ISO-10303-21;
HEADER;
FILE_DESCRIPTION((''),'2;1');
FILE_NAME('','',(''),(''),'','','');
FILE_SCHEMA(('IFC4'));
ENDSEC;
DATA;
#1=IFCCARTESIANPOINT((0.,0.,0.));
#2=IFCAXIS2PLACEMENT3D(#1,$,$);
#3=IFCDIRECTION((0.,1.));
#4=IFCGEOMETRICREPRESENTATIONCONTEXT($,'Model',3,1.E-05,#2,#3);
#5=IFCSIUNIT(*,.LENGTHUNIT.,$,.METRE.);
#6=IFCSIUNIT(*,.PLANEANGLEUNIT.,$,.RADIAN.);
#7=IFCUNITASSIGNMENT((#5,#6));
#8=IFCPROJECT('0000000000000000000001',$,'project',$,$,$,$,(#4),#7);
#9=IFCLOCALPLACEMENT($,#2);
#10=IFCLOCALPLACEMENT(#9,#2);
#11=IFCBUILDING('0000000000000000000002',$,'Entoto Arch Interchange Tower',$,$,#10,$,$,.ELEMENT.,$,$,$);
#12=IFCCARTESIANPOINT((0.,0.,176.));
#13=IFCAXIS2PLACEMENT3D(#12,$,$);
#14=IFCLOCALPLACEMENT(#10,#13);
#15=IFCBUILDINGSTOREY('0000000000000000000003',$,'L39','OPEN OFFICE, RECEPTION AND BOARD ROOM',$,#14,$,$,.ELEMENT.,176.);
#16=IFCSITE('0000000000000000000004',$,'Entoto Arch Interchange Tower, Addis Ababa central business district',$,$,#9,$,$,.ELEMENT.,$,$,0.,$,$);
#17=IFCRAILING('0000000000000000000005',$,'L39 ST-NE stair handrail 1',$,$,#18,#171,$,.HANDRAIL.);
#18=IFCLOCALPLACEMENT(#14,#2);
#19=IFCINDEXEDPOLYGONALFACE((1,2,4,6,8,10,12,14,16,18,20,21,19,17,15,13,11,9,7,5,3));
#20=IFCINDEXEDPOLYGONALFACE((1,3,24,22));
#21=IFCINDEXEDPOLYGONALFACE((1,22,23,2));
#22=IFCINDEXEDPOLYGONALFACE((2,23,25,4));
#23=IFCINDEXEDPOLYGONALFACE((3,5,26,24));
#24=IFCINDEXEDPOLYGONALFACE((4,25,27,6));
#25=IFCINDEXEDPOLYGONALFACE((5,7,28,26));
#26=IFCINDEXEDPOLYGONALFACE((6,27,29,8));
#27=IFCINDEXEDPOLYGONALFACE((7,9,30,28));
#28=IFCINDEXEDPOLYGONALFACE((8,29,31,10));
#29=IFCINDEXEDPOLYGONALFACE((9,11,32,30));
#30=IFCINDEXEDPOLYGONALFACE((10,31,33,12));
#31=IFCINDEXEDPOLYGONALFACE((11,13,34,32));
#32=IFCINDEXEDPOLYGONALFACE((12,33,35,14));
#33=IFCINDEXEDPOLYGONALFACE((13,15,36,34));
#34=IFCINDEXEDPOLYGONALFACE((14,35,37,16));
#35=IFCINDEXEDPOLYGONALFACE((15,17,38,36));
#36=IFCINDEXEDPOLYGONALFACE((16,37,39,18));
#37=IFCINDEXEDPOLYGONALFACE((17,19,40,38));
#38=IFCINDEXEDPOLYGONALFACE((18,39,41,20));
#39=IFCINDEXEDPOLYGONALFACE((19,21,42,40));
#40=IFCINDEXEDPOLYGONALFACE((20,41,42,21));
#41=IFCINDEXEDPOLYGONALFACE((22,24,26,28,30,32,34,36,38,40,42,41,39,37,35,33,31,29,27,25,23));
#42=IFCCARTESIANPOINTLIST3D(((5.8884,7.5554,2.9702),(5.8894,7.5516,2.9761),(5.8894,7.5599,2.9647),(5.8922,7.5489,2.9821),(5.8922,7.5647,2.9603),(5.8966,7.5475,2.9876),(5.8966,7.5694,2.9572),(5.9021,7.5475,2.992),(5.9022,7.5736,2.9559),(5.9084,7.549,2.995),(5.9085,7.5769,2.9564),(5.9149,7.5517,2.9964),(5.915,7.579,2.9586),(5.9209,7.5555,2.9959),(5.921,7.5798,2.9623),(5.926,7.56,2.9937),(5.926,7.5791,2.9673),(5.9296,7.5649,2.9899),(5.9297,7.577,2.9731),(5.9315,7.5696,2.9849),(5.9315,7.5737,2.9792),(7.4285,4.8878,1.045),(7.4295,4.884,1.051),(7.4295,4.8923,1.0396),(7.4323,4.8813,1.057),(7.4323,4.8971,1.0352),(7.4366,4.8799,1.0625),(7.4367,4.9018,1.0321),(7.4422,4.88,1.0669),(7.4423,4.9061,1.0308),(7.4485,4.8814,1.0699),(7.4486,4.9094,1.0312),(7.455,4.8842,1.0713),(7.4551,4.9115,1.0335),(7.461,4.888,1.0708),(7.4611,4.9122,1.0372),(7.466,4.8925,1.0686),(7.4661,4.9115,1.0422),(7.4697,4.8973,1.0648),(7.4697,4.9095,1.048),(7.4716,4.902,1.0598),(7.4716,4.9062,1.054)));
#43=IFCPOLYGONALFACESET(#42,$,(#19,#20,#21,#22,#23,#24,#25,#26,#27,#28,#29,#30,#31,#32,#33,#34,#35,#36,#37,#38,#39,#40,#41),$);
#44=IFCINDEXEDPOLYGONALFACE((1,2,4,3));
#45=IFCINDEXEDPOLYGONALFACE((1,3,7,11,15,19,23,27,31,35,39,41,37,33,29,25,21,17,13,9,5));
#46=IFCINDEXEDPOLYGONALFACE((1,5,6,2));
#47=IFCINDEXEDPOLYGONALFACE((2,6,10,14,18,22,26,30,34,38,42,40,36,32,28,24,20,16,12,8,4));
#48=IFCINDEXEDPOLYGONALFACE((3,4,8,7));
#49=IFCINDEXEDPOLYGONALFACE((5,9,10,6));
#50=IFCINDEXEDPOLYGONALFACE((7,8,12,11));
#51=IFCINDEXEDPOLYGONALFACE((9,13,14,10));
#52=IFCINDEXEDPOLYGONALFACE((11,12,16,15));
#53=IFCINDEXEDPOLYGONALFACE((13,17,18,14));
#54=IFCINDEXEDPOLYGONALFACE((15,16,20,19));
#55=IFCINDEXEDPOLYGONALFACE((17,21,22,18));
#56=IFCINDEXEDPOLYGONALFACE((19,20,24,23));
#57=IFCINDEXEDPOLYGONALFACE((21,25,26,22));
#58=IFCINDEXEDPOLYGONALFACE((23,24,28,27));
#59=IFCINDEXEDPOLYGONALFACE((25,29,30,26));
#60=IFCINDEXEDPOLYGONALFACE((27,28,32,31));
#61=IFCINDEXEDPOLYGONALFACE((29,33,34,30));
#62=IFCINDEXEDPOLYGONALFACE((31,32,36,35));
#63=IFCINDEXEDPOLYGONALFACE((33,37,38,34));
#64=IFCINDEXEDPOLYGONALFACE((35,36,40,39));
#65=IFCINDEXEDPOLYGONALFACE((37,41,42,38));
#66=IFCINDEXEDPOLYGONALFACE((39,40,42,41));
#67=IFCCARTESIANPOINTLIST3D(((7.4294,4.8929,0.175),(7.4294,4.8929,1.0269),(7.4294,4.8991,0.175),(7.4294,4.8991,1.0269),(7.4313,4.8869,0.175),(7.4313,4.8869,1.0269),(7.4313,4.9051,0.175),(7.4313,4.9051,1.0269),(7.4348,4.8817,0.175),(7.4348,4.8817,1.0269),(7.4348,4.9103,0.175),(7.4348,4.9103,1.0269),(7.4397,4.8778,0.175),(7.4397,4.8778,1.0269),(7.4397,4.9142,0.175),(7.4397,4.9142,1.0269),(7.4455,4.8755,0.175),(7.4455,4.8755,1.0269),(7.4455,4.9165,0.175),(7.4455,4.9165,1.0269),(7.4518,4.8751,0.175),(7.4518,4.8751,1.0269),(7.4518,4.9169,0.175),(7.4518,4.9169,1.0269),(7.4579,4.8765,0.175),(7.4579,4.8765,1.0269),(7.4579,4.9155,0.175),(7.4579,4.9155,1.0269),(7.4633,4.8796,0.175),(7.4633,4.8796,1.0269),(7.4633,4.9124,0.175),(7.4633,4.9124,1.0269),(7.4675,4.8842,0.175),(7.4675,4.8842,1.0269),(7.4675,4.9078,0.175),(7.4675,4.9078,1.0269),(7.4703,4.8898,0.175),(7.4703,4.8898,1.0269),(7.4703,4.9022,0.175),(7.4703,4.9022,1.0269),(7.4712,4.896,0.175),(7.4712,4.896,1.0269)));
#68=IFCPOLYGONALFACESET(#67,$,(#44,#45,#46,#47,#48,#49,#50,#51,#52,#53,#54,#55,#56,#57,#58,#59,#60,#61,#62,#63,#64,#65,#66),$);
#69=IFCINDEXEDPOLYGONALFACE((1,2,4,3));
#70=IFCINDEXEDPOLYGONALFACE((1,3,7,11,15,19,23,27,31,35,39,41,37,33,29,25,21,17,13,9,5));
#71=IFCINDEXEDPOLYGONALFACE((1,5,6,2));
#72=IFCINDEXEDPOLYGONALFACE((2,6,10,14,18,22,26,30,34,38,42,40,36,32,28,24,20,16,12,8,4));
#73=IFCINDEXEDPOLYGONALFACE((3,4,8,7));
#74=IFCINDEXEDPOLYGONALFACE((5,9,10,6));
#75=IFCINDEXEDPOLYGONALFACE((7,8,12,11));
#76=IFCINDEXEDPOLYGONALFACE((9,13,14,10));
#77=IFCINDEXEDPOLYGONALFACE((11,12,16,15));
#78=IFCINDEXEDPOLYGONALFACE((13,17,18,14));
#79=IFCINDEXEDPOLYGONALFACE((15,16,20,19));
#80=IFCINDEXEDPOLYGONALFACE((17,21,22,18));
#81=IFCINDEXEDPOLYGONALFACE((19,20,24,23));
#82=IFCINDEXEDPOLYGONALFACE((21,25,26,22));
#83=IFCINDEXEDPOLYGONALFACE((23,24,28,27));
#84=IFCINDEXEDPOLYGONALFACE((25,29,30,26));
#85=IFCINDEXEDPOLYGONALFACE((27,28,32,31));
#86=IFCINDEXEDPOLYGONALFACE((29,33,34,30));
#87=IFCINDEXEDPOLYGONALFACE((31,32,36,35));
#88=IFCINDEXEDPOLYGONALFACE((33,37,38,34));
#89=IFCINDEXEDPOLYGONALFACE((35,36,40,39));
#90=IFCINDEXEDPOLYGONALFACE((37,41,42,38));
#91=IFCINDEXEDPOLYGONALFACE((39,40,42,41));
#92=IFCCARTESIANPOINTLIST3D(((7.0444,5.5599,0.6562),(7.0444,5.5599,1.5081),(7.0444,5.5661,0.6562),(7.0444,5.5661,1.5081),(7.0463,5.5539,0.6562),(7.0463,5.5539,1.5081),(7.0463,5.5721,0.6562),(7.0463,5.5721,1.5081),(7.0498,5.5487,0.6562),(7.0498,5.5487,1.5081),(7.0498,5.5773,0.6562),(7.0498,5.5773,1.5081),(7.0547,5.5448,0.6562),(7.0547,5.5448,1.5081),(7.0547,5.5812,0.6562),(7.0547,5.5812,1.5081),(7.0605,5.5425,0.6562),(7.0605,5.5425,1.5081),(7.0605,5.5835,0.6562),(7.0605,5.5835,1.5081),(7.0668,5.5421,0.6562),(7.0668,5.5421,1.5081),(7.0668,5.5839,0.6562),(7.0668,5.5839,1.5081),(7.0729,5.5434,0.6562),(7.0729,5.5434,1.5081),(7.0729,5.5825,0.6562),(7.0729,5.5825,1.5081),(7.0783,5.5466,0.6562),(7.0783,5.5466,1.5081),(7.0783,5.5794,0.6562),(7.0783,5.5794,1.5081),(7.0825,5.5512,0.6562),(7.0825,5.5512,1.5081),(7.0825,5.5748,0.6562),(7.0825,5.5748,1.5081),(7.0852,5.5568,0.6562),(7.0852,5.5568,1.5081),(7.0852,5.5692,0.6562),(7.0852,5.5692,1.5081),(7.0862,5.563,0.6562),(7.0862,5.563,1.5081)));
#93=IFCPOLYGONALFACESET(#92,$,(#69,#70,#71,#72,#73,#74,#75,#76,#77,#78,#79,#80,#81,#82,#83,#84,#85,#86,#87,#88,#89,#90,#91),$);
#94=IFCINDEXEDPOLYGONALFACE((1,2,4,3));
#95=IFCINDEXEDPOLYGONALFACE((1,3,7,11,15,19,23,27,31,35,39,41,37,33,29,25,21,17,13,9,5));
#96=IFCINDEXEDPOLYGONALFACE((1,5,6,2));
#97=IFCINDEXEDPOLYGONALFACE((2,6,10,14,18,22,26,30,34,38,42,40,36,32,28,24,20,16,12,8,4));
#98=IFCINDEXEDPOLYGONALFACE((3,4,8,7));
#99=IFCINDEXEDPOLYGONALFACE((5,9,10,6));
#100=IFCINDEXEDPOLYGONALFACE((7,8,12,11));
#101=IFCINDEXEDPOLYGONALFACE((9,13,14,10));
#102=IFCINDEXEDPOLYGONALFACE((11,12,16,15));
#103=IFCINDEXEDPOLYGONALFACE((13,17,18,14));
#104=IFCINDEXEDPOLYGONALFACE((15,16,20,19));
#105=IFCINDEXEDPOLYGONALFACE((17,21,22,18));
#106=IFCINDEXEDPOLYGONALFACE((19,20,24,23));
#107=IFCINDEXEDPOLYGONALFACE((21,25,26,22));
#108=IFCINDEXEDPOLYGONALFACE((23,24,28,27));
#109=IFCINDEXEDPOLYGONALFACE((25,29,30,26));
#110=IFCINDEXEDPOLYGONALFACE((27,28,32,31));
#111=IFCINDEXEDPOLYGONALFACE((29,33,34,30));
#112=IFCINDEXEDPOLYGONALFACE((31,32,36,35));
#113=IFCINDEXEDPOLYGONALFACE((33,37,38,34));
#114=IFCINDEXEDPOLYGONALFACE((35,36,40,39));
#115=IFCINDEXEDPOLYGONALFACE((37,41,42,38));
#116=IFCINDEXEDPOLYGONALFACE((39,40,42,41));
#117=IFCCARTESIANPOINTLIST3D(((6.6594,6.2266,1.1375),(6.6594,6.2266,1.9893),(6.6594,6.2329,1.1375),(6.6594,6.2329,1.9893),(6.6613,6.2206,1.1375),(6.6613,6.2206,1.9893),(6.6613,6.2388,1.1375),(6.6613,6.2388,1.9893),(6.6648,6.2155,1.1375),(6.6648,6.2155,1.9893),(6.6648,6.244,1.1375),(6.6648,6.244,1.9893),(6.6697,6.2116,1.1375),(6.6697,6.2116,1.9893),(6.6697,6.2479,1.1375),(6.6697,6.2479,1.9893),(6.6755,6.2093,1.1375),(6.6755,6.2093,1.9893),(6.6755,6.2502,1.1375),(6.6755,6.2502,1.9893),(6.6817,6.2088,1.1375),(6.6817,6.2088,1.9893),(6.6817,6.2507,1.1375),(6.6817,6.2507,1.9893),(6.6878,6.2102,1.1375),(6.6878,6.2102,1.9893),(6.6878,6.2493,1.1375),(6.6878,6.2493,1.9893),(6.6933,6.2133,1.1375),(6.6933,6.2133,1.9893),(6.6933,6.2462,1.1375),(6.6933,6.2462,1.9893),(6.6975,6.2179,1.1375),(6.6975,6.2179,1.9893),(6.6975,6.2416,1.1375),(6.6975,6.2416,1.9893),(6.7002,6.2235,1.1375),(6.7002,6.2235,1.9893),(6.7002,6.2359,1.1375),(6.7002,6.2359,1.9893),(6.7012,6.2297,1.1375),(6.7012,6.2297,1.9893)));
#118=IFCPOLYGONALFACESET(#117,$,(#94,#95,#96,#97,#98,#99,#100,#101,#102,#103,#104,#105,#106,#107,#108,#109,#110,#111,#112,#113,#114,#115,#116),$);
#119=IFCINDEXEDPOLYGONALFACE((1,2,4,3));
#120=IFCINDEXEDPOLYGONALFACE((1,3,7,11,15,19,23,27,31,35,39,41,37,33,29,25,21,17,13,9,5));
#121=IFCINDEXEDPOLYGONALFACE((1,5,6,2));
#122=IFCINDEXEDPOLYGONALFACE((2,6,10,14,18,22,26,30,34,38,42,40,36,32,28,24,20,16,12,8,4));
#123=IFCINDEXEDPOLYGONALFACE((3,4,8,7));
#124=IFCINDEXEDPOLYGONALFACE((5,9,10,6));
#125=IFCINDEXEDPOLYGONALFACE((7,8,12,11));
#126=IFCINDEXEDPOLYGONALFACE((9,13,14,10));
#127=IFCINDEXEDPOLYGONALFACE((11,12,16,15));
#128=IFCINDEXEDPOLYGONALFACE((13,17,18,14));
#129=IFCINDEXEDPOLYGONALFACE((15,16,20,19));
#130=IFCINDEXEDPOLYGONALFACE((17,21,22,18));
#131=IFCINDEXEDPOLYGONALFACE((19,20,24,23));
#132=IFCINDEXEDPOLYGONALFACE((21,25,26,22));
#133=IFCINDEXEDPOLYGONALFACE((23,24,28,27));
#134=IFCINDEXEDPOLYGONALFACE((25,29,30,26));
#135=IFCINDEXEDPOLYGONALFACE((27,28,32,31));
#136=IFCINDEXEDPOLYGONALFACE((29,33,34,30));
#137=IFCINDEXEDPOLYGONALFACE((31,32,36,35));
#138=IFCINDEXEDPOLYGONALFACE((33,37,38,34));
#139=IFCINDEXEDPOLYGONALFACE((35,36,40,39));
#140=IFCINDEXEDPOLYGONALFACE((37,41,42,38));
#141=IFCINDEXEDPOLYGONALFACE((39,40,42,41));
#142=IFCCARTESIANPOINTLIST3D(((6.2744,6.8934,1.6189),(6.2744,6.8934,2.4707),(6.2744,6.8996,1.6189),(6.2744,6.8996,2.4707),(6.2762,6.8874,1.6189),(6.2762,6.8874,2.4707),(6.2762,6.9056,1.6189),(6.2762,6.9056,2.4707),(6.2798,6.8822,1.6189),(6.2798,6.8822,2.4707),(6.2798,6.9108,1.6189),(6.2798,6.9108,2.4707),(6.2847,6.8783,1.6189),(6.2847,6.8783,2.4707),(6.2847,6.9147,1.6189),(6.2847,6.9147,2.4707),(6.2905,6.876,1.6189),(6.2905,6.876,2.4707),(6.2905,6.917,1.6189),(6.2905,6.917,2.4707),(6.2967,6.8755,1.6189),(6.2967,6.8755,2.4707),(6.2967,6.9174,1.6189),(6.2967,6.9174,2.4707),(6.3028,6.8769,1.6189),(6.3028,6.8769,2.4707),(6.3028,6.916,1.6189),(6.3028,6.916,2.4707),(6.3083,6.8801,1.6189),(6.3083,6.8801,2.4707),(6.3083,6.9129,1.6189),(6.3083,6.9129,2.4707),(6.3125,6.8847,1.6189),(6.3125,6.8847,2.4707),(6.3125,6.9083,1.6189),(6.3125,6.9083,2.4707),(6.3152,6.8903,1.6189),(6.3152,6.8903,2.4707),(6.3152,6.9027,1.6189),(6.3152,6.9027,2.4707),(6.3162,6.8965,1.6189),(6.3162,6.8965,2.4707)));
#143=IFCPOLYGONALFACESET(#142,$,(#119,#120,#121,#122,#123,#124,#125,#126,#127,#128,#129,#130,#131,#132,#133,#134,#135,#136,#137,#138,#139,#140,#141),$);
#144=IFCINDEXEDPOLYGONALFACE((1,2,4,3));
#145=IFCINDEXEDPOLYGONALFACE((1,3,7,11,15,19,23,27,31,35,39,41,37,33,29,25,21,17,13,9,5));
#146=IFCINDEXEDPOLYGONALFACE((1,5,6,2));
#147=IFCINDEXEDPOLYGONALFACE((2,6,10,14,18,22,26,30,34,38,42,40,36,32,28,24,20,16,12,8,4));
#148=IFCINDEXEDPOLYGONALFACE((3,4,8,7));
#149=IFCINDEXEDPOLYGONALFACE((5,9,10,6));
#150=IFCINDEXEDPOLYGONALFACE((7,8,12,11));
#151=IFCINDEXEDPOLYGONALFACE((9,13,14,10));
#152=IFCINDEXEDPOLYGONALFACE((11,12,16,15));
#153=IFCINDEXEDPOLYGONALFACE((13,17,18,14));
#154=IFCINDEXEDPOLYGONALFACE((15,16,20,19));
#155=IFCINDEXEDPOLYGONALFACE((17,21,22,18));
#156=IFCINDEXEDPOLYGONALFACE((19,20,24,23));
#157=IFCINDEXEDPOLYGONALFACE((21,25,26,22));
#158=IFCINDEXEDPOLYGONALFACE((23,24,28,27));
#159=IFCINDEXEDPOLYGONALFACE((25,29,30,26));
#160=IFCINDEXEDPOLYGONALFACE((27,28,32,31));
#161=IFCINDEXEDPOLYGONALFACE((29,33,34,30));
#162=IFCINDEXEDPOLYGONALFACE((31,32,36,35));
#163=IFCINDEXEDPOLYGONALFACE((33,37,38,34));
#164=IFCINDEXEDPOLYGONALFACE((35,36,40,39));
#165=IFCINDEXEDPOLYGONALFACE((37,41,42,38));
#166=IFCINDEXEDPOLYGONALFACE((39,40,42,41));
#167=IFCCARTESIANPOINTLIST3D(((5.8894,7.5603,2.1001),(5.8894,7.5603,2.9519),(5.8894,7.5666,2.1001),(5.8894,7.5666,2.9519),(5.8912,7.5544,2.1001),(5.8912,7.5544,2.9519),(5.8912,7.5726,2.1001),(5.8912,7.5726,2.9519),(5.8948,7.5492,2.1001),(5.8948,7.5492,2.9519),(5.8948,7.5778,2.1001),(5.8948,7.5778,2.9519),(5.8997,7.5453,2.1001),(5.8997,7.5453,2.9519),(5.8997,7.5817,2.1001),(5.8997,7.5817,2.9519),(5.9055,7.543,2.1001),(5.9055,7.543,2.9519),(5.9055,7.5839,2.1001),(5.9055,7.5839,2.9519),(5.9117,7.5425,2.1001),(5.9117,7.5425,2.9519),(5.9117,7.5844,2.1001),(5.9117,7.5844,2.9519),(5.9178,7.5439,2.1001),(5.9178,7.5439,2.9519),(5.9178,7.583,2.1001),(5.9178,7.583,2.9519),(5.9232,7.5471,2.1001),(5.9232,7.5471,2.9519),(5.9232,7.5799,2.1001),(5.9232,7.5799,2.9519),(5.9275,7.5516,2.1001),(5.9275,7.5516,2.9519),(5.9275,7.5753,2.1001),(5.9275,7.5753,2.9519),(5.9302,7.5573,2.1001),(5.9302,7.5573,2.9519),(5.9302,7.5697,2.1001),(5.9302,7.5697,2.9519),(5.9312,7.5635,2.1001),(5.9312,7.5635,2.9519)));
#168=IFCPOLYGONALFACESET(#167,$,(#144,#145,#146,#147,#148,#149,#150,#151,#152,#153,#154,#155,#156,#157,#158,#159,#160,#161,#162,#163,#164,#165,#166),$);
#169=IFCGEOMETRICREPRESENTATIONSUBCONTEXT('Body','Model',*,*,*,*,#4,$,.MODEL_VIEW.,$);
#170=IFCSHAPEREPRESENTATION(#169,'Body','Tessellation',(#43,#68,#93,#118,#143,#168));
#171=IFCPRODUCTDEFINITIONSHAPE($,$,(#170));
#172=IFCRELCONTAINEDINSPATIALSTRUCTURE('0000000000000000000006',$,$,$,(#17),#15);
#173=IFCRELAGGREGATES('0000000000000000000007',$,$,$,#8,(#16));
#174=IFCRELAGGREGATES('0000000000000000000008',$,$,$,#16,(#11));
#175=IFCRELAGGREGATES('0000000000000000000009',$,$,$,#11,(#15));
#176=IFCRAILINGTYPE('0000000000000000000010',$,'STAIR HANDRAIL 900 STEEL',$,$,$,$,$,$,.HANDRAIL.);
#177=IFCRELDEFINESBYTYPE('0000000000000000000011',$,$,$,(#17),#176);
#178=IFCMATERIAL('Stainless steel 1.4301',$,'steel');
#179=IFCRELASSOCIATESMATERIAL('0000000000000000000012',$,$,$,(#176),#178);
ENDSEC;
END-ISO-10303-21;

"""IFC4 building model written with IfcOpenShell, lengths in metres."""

from ifc_helpers import new_model, si_unit, direction, frame, origin, origin_2d, place, context, subcontext, project, spatial, circle, extrude, material, type_object, element, save


model = new_model("IFC4")

# Units and contexts
model_context = context("Model", 3, precision=1e-05, world=origin(), true_north=direction((0.0, 1.0)))
body_context = subcontext(model_context, "Body", "Model", "MODEL_VIEW")
ifc_project = project(units=[si_unit("LENGTHUNIT", "METRE"), si_unit("PLANEANGLEUNIT", "RADIAN")], contexts=[model_context])

# Site, building, storey
site_placement = place(None, origin())
site = spatial("IfcSite", under=ifc_project, at=site_placement, Name="Entoto Arch Interchange Tower, Addis Ababa central business district", CompositionType="ELEMENT", RefElevation=0.0)
building_placement = place(site_placement, origin())
building = spatial("IfcBuilding", under=site, at=building_placement, Name="Entoto Arch Interchange Tower", CompositionType="ELEMENT")
storey_placement = place(building_placement, frame((0.0, 0.0, 176.0)))
storey = spatial("IfcBuildingStorey", under=building, at=storey_placement, Name="L39", Description="OPEN OFFICE, RECEPTION AND BOARD ROOM", CompositionType="ELEMENT", Elevation=176.0)

# Railing
ifc_material_1 = material(Name="Stainless steel 1.4301", Category="steel")
railing_type_1 = type_object("IfcRailingType", Name="STAIR HANDRAIL 900 STEEL", PredefinedType="HANDRAIL", material=ifc_material_1)
railing_1_placement = place(storey_placement, frame((7.4502, 4.896, 0.175)))
element("IfcRailing", 1, at=railing_1_placement, inside=storey, type_object=railing_type_1, Name="L39 ST-NE stair handrail 1", PredefinedType="HANDRAIL", context=body_context, shape_type="SweptSolid", body=[
    extrude(circle(Radius=0.0239, at=origin_2d()), frame((0.0, 0.0, 0.876), z_axis=(-0.423994, 0.734395, 0.529993), x_axis=(-0.86603, -0.499992, 0.0)), (0.0, 0.0, 1.0), 3.6323),
    extrude(circle(Radius=0.021, at=origin_2d()), origin(), (0.0, 0.0, 1.0), 0.8518),
    extrude(circle(Radius=0.021, at=origin_2d()), frame((-0.385, 0.667, 0.4812)), (0.0, 0.0, 1.0), 0.8518),
    extrude(circle(Radius=0.021, at=origin_2d()), frame((-0.77, 1.3337, 0.9624)), (0.0, 0.0, 1.0), 0.8518),
    extrude(circle(Radius=0.021, at=origin_2d()), frame((-1.155, 2.0005, 1.4438)), (0.0, 0.0, 1.0), 0.8518),
    extrude(circle(Radius=0.021, at=origin_2d()), frame((-1.54, 2.6675, 1.925)), (0.0, 0.0, 1.0), 0.8518),
])

save(model, "model.ifc")
